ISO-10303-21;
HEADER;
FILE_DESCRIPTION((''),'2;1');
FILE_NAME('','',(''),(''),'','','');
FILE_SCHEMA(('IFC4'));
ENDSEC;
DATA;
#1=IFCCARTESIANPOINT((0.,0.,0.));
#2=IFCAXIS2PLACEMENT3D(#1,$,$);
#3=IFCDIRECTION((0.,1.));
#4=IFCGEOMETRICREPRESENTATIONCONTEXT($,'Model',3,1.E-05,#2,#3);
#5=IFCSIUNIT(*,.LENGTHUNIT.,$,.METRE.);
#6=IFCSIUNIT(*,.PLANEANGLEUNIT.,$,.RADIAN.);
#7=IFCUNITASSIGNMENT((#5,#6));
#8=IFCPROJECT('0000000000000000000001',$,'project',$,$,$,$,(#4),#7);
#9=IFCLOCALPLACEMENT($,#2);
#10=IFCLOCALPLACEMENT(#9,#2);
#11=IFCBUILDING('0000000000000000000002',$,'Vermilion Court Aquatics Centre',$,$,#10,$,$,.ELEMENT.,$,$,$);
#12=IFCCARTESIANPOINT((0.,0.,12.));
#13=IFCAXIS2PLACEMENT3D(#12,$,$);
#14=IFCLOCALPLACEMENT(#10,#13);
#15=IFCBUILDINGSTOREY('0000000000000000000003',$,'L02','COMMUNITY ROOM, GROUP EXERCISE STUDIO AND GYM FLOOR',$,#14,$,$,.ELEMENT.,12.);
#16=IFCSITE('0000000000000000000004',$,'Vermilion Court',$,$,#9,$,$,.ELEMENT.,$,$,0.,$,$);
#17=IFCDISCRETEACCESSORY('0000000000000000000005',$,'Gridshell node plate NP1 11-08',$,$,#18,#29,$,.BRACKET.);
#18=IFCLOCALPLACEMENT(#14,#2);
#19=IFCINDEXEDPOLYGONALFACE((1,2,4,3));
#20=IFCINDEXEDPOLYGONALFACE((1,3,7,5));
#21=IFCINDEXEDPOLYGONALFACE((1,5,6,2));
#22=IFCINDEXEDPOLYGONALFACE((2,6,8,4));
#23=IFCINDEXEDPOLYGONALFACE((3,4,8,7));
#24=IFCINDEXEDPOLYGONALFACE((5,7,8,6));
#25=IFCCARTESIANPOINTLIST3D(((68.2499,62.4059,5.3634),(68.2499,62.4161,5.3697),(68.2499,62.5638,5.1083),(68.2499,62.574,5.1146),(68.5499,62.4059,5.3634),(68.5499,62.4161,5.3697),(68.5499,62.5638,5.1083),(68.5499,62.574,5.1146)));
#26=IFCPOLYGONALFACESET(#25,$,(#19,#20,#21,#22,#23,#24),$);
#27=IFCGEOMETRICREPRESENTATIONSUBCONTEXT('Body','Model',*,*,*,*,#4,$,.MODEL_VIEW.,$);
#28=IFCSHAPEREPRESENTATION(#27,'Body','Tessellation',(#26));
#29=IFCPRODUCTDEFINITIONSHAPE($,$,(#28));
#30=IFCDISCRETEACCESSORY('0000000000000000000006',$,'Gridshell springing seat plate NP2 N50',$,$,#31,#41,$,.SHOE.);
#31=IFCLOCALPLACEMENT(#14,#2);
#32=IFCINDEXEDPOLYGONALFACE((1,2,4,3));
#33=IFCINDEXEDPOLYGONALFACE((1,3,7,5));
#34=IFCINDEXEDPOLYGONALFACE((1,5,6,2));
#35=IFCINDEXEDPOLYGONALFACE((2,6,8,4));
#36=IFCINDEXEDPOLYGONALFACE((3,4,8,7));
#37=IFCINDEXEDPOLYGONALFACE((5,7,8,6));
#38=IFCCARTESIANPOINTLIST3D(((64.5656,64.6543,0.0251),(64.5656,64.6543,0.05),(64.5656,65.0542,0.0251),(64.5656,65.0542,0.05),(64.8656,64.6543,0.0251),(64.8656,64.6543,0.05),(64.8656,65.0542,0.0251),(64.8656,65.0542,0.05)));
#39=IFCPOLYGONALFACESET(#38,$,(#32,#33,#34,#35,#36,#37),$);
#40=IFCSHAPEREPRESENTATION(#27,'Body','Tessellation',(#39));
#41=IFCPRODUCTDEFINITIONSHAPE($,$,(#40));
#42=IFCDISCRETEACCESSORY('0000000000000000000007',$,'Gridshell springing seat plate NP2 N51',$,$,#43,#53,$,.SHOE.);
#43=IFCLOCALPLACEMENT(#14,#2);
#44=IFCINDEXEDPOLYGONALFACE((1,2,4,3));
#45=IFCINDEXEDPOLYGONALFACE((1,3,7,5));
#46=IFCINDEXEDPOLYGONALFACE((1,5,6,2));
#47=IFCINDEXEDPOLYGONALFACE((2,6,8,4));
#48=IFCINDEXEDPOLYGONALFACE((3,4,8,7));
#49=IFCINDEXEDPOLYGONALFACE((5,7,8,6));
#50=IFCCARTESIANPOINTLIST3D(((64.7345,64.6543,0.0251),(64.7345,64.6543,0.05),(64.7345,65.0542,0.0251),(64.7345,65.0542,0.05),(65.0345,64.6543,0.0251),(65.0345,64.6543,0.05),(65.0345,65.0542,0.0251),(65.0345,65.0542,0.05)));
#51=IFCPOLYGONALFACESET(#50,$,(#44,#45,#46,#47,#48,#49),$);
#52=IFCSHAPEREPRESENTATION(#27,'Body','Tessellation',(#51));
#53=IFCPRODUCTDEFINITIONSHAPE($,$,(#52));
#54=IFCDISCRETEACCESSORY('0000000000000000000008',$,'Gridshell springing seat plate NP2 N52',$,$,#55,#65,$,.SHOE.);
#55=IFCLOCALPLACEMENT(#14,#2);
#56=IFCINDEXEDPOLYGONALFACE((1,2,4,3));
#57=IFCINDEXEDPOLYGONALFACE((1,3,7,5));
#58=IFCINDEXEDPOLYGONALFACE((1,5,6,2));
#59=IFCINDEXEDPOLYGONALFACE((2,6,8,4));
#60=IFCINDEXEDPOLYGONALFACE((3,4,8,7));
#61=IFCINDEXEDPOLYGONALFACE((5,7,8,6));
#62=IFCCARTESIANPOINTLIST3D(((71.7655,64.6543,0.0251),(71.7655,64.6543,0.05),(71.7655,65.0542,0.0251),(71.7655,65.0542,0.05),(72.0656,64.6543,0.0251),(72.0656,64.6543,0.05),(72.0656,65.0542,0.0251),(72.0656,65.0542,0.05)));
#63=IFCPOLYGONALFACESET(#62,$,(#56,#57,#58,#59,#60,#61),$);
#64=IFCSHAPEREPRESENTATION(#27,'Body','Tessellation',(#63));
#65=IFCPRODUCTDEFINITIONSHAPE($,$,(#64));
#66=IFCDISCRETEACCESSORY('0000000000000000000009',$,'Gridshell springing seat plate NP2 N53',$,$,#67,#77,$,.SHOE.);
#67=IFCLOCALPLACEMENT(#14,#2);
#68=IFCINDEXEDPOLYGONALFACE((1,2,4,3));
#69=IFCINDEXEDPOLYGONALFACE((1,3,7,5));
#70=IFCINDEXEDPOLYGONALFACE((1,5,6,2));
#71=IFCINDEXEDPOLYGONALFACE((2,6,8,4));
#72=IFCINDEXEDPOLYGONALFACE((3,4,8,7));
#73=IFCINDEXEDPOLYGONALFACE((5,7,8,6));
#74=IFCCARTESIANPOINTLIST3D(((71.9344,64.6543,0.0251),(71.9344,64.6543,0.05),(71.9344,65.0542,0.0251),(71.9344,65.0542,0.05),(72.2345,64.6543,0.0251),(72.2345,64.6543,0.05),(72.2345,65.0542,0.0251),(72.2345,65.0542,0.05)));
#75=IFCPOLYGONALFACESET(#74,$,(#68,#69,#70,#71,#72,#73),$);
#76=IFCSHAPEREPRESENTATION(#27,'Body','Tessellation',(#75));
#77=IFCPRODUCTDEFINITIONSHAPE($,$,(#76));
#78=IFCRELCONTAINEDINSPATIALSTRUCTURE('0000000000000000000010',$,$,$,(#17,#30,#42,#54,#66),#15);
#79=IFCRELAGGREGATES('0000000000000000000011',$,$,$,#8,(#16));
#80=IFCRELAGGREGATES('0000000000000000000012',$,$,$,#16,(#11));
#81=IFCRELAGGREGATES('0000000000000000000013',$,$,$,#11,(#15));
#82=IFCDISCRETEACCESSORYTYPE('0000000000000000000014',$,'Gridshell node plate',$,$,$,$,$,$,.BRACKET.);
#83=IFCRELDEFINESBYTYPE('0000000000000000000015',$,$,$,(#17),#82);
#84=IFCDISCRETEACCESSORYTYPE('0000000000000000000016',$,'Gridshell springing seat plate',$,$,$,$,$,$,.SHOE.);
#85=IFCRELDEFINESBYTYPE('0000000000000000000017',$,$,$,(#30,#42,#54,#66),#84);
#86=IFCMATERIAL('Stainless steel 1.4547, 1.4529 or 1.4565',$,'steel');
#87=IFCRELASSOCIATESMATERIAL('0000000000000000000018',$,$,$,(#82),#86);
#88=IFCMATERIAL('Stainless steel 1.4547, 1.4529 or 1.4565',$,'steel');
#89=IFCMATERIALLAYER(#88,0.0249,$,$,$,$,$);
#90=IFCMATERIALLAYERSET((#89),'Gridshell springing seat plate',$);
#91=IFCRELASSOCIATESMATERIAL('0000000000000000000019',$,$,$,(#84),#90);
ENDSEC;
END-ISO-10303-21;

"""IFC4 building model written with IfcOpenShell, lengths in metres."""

from ifc_helpers import new_model, si_unit, direction, frame, origin, origin_2d, place, context, subcontext, project, spatial, rectangle, extrude, material, layer, layer_set, material_profile, profile_set, type_object, element, save


model = new_model("IFC4")

# Units and contexts
model_context = context("Model", 3, precision=1e-05, world=origin(), true_north=direction((0.0, 1.0)))
body_context = subcontext(model_context, "Body", "Model", "MODEL_VIEW")
ifc_project = project(units=[si_unit("LENGTHUNIT", "METRE"), si_unit("PLANEANGLEUNIT", "RADIAN")], contexts=[model_context])

# Site, building, storey
site_placement = place(None, origin())
site = spatial("IfcSite", under=ifc_project, at=site_placement, Name="Vermilion Court", CompositionType="ELEMENT", RefElevation=0.0)
building_placement = place(site_placement, origin())
building = spatial("IfcBuilding", under=site, at=building_placement, Name="Vermilion Court Aquatics Centre", CompositionType="ELEMENT")
storey_placement = place(building_placement, frame((0.0, 0.0, 12.0)))
storey = spatial("IfcBuildingStorey", under=building, at=storey_placement, Name="L02", Description="COMMUNITY ROOM, GROUP EXERCISE STUDIO AND GYM FLOOR", CompositionType="ELEMENT", Elevation=12.0)

# Discrete accessories
ifc_material_1 = material(Name="Stainless steel 1.4547, 1.4529 or 1.4565", Category="steel")
ifc_material_profile_1 = material_profile(ifc_material_1, rectangle(XDim=0.3, YDim=0.3, at=origin_2d()), Name="PL 12 x 300 x 300")
ifc_profile_set_1 = profile_set([ifc_material_profile_1], Name="Stainless steel 1.4547, 1.4529 or 1.4565")
discrete_accessory_type_1 = type_object("IfcDiscreteAccessoryType", Name="Gridshell node plate", PredefinedType="BRACKET", material=ifc_profile_set_1)
for number, where, z_axis, x_axis, name in (
    (1, (68.3999, 62.4849, 5.2358), (0.0, 0.850265, 0.526355), (-1.0, 0.0, 0.0), "Gridshell node plate NP1 11-08"),
):
    element("IfcDiscreteAccessory", number, at=place(storey_placement, frame(where, z_axis=z_axis, x_axis=x_axis)), inside=storey, type_object=discrete_accessory_type_1, Name=name, PredefinedType="BRACKET", context=body_context, shape_type="SweptSolid", body=[
        extrude(rectangle(XDim=0.3, YDim=0.3, at=origin_2d()), origin(), (0.0, 0.0, 1.0), 0.012),
    ])
ifc_material_2 = material(Name="Stainless steel 1.4547, 1.4529 or 1.4565", Category="steel")
ifc_layer_1 = layer(ifc_material_2, 0.0249)
ifc_layer_set_1 = layer_set([ifc_layer_1], Name="Gridshell springing seat plate")
discrete_accessory_type_2 = type_object("IfcDiscreteAccessoryType", Name="Gridshell springing seat plate", PredefinedType="SHOE", material=ifc_layer_set_1)
for number, where, z_axis, x_axis, name in (
    (2, (64.7156, 64.8542, 0.0251), (0.0, 0.0, 1.0), (1.0, 0.0, 0.0), "Gridshell springing seat plate NP2 N50"),
    (3, (64.8845, 64.8542, 0.0251), (0.0, 0.0, 1.0), (1.0, 0.0, 0.0), "Gridshell springing seat plate NP2 N51"),
    (4, (71.9155, 64.8542, 0.0251), (0.0, 0.0, 1.0), (1.0, 0.0, 0.0), "Gridshell springing seat plate NP2 N52"),
    (5, (72.0845, 64.8542, 0.0251), (0.0, 0.0, 1.0), (1.0, 0.0, 0.0), "Gridshell springing seat plate NP2 N53"),
):
    element("IfcDiscreteAccessory", number, at=place(storey_placement, frame(where, z_axis=z_axis, x_axis=x_axis)), inside=storey, type_object=discrete_accessory_type_2, Name=name, PredefinedType="SHOE", context=body_context, shape_type="SweptSolid", body=[
        extrude(rectangle(XDim=0.3, YDim=0.3999, at=origin_2d()), origin(), (0.0, 0.0, 1.0), 0.0249),
    ])

save(model, "model.ifc")
